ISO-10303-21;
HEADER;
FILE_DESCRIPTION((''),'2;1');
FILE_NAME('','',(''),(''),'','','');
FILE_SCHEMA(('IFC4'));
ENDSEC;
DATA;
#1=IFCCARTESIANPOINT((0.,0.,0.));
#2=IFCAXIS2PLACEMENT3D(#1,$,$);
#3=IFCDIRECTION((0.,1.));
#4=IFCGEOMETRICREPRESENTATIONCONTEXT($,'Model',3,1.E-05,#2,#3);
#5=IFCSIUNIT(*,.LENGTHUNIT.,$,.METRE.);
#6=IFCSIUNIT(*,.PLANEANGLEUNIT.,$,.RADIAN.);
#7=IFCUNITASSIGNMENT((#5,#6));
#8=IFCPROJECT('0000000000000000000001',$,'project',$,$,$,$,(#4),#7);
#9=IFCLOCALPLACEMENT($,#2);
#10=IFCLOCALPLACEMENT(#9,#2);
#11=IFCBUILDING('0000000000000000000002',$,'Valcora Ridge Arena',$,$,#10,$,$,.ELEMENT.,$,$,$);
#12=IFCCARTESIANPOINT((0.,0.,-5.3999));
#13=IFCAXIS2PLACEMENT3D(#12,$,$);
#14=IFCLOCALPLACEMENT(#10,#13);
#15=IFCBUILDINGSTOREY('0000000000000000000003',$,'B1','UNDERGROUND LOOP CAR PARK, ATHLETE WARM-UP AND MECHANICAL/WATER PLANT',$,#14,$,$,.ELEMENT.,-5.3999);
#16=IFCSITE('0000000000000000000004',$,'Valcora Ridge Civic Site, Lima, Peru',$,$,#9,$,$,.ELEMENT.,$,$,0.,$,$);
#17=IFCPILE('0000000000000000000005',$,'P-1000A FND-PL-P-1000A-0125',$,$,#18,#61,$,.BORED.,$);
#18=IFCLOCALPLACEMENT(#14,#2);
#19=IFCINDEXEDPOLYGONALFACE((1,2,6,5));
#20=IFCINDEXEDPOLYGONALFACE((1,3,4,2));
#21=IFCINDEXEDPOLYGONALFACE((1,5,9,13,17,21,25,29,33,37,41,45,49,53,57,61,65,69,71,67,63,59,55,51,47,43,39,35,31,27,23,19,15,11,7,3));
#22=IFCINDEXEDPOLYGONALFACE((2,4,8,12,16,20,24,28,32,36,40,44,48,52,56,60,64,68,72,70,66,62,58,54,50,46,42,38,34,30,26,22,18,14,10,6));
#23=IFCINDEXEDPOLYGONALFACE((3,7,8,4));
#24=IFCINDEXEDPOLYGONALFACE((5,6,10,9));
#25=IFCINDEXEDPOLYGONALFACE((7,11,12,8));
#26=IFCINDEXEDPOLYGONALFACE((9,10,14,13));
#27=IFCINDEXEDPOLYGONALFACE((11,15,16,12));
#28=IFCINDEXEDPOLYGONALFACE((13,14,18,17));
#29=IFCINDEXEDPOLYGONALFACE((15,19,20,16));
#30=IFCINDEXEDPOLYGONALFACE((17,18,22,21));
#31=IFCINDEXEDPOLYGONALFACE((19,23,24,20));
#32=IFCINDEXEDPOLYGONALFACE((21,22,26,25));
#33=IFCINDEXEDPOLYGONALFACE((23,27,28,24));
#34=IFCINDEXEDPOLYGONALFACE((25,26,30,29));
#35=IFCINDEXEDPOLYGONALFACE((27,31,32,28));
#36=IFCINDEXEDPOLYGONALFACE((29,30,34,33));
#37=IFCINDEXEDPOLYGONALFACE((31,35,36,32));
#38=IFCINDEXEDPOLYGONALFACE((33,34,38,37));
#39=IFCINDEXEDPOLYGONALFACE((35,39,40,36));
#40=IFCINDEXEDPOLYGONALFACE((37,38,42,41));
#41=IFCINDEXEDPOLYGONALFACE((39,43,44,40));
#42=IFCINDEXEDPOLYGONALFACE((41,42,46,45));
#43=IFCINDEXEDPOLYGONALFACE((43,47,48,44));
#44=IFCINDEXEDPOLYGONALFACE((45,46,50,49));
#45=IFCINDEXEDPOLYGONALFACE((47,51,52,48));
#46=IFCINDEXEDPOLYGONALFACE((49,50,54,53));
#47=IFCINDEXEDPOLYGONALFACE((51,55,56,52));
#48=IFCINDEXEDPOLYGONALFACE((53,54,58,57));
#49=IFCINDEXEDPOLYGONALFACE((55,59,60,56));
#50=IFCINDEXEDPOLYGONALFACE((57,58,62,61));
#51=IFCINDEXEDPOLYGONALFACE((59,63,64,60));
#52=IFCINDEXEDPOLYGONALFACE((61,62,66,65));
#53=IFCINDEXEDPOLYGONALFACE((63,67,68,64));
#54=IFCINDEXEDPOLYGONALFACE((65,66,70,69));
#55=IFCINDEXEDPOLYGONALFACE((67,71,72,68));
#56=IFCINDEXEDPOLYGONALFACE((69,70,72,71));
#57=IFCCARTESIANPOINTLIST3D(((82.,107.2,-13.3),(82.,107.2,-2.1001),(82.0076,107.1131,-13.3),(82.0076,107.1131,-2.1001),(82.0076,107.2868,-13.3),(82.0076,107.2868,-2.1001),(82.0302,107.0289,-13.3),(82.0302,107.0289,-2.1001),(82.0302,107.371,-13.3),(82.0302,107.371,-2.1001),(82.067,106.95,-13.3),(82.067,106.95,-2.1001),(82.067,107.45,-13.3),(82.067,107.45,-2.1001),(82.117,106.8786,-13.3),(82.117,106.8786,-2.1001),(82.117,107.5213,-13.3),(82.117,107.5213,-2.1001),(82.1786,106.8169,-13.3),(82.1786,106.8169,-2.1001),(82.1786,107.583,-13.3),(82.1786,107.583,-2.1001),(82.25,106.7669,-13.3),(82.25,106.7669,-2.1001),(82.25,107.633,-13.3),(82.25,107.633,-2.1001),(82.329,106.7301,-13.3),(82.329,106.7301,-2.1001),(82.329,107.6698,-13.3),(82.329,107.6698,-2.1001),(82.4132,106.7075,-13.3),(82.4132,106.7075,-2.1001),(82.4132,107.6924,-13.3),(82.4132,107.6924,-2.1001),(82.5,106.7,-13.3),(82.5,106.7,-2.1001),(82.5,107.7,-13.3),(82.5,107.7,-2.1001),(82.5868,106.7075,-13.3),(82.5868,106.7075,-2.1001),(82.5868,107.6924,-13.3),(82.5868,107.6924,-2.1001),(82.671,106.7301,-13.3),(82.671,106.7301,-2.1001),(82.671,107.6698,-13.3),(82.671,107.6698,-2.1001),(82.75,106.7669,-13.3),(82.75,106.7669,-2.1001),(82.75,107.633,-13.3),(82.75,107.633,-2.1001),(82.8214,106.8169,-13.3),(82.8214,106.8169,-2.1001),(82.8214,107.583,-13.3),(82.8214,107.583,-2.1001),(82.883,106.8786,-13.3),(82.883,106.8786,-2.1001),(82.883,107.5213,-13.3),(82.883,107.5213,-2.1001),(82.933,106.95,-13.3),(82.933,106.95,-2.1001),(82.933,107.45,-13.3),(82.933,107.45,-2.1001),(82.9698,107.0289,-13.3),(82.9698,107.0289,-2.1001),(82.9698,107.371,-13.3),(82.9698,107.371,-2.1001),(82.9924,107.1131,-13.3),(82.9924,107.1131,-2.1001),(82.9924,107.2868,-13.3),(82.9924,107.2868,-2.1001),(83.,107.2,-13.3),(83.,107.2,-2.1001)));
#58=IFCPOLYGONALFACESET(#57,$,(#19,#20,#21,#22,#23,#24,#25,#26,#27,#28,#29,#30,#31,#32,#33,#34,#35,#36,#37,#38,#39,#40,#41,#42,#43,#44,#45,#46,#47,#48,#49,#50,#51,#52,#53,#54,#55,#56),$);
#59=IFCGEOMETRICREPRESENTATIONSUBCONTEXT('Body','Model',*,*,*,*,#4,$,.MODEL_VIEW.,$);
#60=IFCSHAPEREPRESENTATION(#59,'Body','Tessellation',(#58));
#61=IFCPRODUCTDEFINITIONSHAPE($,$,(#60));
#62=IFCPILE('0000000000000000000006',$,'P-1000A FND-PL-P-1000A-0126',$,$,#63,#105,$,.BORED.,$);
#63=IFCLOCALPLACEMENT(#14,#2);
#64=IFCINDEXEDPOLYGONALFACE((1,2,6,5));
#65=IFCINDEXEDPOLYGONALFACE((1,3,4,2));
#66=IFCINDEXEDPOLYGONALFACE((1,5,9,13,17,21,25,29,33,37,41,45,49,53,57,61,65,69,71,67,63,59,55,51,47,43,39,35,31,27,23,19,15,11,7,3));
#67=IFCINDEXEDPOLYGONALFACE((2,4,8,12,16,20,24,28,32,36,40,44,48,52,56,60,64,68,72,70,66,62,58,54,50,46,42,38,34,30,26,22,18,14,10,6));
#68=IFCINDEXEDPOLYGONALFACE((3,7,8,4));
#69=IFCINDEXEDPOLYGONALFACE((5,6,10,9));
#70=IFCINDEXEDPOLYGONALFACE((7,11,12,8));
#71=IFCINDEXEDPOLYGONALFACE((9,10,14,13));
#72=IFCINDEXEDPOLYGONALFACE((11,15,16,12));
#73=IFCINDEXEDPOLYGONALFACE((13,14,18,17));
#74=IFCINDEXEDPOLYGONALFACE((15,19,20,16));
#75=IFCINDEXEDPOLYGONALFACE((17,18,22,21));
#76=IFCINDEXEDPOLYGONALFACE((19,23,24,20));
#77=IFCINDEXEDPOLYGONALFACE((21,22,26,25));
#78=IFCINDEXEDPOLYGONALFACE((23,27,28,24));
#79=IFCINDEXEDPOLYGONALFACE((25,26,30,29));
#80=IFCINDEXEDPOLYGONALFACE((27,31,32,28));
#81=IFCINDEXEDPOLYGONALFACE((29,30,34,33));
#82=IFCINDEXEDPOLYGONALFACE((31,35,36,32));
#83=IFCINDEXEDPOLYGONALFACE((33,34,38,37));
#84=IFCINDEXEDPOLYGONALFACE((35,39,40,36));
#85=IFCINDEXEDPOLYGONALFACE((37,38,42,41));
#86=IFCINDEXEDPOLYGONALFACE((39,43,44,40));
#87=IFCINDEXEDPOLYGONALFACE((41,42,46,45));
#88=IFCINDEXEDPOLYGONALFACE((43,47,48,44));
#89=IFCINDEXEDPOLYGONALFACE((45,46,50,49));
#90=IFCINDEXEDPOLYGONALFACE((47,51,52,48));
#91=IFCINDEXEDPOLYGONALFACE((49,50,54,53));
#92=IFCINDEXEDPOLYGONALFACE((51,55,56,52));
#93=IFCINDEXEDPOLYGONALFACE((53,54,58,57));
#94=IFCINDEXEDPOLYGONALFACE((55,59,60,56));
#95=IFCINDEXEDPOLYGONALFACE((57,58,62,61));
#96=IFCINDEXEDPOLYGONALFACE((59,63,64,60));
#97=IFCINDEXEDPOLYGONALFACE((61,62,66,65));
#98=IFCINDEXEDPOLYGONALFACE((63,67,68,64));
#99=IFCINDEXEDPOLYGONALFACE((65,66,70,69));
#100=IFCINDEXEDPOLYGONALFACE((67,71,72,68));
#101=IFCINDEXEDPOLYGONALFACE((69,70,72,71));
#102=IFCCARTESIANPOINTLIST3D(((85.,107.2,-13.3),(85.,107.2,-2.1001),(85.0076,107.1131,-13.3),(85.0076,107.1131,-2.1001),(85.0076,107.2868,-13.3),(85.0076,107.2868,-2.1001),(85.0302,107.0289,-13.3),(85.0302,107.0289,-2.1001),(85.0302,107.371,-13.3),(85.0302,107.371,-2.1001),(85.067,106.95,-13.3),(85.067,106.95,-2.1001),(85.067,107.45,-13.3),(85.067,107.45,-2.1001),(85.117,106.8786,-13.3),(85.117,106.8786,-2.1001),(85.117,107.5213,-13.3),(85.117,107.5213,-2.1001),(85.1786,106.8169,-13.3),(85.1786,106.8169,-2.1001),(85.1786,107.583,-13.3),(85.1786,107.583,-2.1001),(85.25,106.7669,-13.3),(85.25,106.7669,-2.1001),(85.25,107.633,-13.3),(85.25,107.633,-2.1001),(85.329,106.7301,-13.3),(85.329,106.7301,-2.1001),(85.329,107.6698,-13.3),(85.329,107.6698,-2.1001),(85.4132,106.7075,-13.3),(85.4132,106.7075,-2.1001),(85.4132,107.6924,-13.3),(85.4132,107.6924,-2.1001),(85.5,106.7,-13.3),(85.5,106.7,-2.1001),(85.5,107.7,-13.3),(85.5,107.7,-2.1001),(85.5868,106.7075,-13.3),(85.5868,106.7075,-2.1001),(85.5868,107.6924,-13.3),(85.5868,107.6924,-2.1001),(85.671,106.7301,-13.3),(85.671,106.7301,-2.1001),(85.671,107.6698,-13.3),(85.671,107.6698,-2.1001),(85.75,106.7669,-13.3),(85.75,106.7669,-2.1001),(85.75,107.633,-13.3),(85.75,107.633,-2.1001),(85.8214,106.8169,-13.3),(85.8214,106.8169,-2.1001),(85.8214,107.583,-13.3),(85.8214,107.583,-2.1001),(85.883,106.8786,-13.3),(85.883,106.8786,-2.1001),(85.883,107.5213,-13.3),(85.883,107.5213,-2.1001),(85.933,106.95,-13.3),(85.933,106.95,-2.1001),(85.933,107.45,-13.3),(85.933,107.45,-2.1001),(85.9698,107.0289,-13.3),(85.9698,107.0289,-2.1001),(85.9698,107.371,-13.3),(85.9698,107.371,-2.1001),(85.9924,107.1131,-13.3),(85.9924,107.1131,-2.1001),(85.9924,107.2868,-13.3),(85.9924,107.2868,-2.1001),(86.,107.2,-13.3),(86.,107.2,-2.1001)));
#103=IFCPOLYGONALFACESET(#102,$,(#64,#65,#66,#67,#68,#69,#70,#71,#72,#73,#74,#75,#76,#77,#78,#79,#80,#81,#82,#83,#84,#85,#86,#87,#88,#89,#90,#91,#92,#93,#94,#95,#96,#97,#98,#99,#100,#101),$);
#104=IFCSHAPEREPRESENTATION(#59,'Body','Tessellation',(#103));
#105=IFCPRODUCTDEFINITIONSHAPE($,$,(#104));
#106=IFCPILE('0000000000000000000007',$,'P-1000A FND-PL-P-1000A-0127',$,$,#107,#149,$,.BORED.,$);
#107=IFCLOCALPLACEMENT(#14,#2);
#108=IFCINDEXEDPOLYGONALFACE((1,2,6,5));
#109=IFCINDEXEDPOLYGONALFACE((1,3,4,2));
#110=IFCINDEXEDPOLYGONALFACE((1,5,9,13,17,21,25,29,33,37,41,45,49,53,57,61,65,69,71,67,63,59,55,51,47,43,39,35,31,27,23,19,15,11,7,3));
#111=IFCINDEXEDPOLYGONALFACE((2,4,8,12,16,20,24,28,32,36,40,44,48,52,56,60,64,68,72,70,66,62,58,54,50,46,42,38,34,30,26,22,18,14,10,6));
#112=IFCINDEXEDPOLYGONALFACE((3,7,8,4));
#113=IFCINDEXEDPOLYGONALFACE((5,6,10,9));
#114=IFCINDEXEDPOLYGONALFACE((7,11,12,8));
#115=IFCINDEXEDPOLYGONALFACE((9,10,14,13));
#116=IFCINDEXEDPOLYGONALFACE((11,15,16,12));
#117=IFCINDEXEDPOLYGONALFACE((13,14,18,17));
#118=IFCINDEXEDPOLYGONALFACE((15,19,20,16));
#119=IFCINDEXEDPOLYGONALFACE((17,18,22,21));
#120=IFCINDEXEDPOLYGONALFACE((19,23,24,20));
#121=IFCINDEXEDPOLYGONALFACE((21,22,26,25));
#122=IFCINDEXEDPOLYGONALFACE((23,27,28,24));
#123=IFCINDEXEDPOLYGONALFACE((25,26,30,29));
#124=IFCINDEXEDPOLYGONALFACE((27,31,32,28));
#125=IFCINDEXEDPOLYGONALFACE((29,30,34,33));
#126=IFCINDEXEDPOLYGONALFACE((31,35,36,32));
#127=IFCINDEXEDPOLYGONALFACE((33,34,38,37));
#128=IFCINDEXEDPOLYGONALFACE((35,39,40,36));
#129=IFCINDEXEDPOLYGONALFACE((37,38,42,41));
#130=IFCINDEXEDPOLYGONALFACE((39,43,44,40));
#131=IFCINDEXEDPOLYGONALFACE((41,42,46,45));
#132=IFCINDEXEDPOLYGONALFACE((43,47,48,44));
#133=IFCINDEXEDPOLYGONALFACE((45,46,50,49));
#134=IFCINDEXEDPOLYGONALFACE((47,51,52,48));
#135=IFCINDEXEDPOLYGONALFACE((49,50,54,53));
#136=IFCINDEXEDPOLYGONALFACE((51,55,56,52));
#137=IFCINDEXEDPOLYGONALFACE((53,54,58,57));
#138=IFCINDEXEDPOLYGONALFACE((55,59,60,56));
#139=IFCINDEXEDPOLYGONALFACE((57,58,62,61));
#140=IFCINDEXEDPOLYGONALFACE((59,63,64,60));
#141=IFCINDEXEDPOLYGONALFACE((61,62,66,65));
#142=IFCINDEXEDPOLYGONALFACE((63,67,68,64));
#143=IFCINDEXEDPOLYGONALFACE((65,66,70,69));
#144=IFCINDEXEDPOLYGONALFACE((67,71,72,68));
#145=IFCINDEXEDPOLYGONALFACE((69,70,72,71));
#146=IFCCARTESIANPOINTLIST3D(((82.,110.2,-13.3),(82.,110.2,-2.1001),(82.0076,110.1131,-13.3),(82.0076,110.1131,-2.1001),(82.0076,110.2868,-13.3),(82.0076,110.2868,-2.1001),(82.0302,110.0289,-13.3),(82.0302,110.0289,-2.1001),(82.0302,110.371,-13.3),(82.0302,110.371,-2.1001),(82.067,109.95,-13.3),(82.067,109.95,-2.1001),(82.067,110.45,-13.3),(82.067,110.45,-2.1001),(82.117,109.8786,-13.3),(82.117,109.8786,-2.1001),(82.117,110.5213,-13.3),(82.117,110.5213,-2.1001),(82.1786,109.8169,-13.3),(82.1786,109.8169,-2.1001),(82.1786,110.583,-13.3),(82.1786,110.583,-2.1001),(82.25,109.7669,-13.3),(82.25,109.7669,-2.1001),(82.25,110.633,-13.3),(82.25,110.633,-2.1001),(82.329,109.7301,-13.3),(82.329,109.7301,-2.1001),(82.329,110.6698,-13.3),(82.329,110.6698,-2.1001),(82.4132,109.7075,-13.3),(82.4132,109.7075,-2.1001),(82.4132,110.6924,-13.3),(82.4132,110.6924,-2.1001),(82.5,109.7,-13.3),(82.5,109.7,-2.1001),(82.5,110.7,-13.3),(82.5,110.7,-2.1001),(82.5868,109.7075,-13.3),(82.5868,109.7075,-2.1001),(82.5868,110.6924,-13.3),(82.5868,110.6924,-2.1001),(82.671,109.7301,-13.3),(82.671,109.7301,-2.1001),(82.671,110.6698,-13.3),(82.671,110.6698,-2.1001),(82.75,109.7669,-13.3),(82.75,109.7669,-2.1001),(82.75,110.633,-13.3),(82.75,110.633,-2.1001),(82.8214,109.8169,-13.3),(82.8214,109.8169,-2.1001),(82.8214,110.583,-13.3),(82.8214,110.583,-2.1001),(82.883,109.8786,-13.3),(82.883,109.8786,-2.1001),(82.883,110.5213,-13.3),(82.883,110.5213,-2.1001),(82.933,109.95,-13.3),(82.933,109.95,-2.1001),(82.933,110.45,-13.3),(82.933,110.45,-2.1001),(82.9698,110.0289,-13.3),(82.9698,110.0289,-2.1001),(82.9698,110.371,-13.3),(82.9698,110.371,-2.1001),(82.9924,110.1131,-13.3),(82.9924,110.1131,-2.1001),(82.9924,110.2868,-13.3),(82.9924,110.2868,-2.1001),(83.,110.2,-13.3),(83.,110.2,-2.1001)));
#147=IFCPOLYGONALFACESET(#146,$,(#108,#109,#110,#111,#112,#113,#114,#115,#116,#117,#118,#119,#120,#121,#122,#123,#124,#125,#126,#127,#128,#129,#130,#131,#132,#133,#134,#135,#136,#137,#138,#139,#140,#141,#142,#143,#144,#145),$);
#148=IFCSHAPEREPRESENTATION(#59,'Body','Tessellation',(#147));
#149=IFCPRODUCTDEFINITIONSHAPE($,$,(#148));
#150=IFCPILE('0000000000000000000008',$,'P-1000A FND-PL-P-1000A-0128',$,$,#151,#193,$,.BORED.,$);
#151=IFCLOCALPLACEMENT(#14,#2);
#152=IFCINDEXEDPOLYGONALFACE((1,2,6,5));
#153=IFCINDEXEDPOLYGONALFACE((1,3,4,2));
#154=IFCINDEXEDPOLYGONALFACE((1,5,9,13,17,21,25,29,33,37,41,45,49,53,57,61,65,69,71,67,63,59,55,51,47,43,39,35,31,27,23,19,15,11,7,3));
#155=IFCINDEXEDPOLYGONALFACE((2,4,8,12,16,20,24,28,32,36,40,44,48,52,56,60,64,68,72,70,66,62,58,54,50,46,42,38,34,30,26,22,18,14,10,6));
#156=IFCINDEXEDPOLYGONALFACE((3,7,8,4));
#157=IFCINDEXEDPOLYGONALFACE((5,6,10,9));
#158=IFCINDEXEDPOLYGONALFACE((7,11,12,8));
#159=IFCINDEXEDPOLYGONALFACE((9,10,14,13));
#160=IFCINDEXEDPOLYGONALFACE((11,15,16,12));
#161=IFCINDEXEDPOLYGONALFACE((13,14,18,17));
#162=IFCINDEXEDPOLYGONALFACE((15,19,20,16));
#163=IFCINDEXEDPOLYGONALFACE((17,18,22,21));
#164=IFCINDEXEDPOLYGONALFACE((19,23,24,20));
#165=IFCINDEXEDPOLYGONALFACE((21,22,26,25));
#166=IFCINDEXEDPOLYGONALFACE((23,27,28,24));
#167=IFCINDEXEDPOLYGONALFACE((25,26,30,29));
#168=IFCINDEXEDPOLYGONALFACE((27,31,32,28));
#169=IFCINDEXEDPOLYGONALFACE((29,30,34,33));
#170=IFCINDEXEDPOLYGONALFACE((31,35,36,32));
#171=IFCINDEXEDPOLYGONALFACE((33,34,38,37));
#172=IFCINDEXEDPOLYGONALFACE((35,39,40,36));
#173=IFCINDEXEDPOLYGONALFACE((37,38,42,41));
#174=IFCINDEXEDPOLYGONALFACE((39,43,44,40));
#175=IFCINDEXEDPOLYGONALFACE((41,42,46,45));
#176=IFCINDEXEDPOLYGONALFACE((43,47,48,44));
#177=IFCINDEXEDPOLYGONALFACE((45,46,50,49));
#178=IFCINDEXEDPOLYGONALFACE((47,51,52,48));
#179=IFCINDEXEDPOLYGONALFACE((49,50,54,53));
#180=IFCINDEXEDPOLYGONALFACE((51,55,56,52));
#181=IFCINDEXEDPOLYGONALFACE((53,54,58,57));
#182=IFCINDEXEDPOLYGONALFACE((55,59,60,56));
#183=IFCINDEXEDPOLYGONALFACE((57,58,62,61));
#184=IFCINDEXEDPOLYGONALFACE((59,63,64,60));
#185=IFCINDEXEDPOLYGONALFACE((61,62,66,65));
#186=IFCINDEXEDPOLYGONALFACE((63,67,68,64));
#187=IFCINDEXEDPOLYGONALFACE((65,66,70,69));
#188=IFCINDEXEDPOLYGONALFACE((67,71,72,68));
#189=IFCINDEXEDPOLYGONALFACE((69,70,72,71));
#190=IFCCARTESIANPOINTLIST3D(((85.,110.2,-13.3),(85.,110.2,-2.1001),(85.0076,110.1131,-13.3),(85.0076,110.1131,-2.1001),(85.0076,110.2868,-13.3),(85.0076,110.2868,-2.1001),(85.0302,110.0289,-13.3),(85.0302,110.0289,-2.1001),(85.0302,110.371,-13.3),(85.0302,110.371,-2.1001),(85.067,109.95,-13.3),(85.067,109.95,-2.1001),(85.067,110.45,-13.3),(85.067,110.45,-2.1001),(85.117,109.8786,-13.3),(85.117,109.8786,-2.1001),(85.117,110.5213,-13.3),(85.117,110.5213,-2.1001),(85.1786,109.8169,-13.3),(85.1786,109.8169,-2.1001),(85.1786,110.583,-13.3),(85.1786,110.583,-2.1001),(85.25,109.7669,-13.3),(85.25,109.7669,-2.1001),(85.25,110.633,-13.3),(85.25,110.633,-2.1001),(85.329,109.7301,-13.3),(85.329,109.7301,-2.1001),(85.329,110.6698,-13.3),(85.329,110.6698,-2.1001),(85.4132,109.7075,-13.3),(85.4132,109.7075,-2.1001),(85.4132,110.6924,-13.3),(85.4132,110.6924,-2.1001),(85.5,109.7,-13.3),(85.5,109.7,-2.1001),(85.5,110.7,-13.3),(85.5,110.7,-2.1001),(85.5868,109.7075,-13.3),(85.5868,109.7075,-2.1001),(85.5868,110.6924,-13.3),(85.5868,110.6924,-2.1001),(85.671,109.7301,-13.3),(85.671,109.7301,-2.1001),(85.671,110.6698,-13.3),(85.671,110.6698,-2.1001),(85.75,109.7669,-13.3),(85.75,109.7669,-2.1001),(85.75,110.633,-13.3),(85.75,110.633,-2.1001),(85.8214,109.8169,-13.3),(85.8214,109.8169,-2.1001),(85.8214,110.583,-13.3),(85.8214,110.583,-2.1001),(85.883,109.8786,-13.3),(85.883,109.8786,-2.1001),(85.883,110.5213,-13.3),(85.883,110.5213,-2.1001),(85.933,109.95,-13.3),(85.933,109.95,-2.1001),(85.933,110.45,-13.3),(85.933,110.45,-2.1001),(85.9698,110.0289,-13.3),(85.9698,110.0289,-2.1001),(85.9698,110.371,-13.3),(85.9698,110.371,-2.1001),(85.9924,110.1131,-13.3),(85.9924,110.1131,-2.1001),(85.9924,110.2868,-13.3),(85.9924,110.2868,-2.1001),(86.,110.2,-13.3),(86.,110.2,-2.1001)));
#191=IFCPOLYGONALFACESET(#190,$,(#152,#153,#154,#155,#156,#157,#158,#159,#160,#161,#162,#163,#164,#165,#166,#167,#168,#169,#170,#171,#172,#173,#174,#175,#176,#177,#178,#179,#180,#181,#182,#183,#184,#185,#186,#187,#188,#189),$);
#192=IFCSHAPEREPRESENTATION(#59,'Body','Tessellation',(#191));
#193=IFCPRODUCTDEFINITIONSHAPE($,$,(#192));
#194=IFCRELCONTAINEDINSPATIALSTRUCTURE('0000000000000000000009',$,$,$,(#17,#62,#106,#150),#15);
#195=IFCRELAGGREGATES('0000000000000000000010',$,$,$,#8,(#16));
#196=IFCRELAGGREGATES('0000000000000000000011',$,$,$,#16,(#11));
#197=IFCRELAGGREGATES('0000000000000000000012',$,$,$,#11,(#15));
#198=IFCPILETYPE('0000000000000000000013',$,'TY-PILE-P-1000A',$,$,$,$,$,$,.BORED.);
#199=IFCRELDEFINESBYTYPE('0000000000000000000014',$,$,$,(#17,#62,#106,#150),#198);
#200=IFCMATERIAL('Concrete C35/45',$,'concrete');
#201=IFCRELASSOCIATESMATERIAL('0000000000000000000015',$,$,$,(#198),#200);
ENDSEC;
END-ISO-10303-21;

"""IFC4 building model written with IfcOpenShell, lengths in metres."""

from ifc_helpers import new_model, si_unit, direction, frame, origin, origin_2d, place, context, subcontext, project, spatial, circle, extrude, material, material_profile, profile_set, type_object, element, save


model = new_model("IFC4")

# Units and contexts
model_context = context("Model", 3, precision=1e-05, world=origin(), true_north=direction((0.0, 1.0)))
body_context = subcontext(model_context, "Body", "Model", "MODEL_VIEW")
ifc_project = project(units=[si_unit("LENGTHUNIT", "METRE"), si_unit("PLANEANGLEUNIT", "RADIAN")], contexts=[model_context])

# Site, building, storey
site_placement = place(None, origin())
site = spatial("IfcSite", under=ifc_project, at=site_placement, Name="Valcora Ridge Civic Site, Lima, Peru", CompositionType="ELEMENT", RefElevation=0.0)
building_placement = place(site_placement, origin())
building = spatial("IfcBuilding", under=site, at=building_placement, Name="Valcora Ridge Arena", CompositionType="ELEMENT")
storey_placement = place(building_placement, frame((0.0, 0.0, -5.3999)))
storey = spatial("IfcBuildingStorey", under=building, at=storey_placement, Name="B1", Description="UNDERGROUND LOOP CAR PARK, ATHLETE WARM-UP AND MECHANICAL/WATER PLANT", CompositionType="ELEMENT", Elevation=-5.3999)

# Piles
ifc_material_1 = material(Name="Concrete C35/45", Category="concrete")
ifc_material_profile_1 = material_profile(ifc_material_1, circle(Radius=0.5, at=origin_2d()), Name="BORED PILE D1000")
ifc_profile_set_1 = profile_set([ifc_material_profile_1], Name="Concrete C35/45")
pile_type = type_object("IfcPileType", Name="TY-PILE-P-1000A", PredefinedType="BORED", material=ifc_profile_set_1)
for number, where, z_axis, x_axis, name in (
    (1, (82.5, 107.2, -2.1001), (0.0, 0.0, -1.0), (1.0, 0.0, 0.0), "P-1000A FND-PL-P-1000A-0125"),
    (2, (85.5, 107.2, -2.1001), (0.0, 0.0, -1.0), (1.0, 0.0, 0.0), "P-1000A FND-PL-P-1000A-0126"),
    (3, (82.5, 110.2, -2.1001), (0.0, 0.0, -1.0), (1.0, 0.0, 0.0), "P-1000A FND-PL-P-1000A-0127"),
    (4, (85.5, 110.2, -2.1001), (0.0, 0.0, -1.0), (1.0, 0.0, 0.0), "P-1000A FND-PL-P-1000A-0128"),
):
    element("IfcPile", number, at=place(storey_placement, frame(where, z_axis=z_axis, x_axis=x_axis)), inside=storey, type_object=pile_type, Name=name, PredefinedType="BORED", context=body_context, shape_type="SweptSolid", body=[
        extrude(circle(Radius=0.5, at=origin_2d()), origin(), (0.0, 0.0, 1.0), 11.2),
    ])

save(model, "model.ifc")
